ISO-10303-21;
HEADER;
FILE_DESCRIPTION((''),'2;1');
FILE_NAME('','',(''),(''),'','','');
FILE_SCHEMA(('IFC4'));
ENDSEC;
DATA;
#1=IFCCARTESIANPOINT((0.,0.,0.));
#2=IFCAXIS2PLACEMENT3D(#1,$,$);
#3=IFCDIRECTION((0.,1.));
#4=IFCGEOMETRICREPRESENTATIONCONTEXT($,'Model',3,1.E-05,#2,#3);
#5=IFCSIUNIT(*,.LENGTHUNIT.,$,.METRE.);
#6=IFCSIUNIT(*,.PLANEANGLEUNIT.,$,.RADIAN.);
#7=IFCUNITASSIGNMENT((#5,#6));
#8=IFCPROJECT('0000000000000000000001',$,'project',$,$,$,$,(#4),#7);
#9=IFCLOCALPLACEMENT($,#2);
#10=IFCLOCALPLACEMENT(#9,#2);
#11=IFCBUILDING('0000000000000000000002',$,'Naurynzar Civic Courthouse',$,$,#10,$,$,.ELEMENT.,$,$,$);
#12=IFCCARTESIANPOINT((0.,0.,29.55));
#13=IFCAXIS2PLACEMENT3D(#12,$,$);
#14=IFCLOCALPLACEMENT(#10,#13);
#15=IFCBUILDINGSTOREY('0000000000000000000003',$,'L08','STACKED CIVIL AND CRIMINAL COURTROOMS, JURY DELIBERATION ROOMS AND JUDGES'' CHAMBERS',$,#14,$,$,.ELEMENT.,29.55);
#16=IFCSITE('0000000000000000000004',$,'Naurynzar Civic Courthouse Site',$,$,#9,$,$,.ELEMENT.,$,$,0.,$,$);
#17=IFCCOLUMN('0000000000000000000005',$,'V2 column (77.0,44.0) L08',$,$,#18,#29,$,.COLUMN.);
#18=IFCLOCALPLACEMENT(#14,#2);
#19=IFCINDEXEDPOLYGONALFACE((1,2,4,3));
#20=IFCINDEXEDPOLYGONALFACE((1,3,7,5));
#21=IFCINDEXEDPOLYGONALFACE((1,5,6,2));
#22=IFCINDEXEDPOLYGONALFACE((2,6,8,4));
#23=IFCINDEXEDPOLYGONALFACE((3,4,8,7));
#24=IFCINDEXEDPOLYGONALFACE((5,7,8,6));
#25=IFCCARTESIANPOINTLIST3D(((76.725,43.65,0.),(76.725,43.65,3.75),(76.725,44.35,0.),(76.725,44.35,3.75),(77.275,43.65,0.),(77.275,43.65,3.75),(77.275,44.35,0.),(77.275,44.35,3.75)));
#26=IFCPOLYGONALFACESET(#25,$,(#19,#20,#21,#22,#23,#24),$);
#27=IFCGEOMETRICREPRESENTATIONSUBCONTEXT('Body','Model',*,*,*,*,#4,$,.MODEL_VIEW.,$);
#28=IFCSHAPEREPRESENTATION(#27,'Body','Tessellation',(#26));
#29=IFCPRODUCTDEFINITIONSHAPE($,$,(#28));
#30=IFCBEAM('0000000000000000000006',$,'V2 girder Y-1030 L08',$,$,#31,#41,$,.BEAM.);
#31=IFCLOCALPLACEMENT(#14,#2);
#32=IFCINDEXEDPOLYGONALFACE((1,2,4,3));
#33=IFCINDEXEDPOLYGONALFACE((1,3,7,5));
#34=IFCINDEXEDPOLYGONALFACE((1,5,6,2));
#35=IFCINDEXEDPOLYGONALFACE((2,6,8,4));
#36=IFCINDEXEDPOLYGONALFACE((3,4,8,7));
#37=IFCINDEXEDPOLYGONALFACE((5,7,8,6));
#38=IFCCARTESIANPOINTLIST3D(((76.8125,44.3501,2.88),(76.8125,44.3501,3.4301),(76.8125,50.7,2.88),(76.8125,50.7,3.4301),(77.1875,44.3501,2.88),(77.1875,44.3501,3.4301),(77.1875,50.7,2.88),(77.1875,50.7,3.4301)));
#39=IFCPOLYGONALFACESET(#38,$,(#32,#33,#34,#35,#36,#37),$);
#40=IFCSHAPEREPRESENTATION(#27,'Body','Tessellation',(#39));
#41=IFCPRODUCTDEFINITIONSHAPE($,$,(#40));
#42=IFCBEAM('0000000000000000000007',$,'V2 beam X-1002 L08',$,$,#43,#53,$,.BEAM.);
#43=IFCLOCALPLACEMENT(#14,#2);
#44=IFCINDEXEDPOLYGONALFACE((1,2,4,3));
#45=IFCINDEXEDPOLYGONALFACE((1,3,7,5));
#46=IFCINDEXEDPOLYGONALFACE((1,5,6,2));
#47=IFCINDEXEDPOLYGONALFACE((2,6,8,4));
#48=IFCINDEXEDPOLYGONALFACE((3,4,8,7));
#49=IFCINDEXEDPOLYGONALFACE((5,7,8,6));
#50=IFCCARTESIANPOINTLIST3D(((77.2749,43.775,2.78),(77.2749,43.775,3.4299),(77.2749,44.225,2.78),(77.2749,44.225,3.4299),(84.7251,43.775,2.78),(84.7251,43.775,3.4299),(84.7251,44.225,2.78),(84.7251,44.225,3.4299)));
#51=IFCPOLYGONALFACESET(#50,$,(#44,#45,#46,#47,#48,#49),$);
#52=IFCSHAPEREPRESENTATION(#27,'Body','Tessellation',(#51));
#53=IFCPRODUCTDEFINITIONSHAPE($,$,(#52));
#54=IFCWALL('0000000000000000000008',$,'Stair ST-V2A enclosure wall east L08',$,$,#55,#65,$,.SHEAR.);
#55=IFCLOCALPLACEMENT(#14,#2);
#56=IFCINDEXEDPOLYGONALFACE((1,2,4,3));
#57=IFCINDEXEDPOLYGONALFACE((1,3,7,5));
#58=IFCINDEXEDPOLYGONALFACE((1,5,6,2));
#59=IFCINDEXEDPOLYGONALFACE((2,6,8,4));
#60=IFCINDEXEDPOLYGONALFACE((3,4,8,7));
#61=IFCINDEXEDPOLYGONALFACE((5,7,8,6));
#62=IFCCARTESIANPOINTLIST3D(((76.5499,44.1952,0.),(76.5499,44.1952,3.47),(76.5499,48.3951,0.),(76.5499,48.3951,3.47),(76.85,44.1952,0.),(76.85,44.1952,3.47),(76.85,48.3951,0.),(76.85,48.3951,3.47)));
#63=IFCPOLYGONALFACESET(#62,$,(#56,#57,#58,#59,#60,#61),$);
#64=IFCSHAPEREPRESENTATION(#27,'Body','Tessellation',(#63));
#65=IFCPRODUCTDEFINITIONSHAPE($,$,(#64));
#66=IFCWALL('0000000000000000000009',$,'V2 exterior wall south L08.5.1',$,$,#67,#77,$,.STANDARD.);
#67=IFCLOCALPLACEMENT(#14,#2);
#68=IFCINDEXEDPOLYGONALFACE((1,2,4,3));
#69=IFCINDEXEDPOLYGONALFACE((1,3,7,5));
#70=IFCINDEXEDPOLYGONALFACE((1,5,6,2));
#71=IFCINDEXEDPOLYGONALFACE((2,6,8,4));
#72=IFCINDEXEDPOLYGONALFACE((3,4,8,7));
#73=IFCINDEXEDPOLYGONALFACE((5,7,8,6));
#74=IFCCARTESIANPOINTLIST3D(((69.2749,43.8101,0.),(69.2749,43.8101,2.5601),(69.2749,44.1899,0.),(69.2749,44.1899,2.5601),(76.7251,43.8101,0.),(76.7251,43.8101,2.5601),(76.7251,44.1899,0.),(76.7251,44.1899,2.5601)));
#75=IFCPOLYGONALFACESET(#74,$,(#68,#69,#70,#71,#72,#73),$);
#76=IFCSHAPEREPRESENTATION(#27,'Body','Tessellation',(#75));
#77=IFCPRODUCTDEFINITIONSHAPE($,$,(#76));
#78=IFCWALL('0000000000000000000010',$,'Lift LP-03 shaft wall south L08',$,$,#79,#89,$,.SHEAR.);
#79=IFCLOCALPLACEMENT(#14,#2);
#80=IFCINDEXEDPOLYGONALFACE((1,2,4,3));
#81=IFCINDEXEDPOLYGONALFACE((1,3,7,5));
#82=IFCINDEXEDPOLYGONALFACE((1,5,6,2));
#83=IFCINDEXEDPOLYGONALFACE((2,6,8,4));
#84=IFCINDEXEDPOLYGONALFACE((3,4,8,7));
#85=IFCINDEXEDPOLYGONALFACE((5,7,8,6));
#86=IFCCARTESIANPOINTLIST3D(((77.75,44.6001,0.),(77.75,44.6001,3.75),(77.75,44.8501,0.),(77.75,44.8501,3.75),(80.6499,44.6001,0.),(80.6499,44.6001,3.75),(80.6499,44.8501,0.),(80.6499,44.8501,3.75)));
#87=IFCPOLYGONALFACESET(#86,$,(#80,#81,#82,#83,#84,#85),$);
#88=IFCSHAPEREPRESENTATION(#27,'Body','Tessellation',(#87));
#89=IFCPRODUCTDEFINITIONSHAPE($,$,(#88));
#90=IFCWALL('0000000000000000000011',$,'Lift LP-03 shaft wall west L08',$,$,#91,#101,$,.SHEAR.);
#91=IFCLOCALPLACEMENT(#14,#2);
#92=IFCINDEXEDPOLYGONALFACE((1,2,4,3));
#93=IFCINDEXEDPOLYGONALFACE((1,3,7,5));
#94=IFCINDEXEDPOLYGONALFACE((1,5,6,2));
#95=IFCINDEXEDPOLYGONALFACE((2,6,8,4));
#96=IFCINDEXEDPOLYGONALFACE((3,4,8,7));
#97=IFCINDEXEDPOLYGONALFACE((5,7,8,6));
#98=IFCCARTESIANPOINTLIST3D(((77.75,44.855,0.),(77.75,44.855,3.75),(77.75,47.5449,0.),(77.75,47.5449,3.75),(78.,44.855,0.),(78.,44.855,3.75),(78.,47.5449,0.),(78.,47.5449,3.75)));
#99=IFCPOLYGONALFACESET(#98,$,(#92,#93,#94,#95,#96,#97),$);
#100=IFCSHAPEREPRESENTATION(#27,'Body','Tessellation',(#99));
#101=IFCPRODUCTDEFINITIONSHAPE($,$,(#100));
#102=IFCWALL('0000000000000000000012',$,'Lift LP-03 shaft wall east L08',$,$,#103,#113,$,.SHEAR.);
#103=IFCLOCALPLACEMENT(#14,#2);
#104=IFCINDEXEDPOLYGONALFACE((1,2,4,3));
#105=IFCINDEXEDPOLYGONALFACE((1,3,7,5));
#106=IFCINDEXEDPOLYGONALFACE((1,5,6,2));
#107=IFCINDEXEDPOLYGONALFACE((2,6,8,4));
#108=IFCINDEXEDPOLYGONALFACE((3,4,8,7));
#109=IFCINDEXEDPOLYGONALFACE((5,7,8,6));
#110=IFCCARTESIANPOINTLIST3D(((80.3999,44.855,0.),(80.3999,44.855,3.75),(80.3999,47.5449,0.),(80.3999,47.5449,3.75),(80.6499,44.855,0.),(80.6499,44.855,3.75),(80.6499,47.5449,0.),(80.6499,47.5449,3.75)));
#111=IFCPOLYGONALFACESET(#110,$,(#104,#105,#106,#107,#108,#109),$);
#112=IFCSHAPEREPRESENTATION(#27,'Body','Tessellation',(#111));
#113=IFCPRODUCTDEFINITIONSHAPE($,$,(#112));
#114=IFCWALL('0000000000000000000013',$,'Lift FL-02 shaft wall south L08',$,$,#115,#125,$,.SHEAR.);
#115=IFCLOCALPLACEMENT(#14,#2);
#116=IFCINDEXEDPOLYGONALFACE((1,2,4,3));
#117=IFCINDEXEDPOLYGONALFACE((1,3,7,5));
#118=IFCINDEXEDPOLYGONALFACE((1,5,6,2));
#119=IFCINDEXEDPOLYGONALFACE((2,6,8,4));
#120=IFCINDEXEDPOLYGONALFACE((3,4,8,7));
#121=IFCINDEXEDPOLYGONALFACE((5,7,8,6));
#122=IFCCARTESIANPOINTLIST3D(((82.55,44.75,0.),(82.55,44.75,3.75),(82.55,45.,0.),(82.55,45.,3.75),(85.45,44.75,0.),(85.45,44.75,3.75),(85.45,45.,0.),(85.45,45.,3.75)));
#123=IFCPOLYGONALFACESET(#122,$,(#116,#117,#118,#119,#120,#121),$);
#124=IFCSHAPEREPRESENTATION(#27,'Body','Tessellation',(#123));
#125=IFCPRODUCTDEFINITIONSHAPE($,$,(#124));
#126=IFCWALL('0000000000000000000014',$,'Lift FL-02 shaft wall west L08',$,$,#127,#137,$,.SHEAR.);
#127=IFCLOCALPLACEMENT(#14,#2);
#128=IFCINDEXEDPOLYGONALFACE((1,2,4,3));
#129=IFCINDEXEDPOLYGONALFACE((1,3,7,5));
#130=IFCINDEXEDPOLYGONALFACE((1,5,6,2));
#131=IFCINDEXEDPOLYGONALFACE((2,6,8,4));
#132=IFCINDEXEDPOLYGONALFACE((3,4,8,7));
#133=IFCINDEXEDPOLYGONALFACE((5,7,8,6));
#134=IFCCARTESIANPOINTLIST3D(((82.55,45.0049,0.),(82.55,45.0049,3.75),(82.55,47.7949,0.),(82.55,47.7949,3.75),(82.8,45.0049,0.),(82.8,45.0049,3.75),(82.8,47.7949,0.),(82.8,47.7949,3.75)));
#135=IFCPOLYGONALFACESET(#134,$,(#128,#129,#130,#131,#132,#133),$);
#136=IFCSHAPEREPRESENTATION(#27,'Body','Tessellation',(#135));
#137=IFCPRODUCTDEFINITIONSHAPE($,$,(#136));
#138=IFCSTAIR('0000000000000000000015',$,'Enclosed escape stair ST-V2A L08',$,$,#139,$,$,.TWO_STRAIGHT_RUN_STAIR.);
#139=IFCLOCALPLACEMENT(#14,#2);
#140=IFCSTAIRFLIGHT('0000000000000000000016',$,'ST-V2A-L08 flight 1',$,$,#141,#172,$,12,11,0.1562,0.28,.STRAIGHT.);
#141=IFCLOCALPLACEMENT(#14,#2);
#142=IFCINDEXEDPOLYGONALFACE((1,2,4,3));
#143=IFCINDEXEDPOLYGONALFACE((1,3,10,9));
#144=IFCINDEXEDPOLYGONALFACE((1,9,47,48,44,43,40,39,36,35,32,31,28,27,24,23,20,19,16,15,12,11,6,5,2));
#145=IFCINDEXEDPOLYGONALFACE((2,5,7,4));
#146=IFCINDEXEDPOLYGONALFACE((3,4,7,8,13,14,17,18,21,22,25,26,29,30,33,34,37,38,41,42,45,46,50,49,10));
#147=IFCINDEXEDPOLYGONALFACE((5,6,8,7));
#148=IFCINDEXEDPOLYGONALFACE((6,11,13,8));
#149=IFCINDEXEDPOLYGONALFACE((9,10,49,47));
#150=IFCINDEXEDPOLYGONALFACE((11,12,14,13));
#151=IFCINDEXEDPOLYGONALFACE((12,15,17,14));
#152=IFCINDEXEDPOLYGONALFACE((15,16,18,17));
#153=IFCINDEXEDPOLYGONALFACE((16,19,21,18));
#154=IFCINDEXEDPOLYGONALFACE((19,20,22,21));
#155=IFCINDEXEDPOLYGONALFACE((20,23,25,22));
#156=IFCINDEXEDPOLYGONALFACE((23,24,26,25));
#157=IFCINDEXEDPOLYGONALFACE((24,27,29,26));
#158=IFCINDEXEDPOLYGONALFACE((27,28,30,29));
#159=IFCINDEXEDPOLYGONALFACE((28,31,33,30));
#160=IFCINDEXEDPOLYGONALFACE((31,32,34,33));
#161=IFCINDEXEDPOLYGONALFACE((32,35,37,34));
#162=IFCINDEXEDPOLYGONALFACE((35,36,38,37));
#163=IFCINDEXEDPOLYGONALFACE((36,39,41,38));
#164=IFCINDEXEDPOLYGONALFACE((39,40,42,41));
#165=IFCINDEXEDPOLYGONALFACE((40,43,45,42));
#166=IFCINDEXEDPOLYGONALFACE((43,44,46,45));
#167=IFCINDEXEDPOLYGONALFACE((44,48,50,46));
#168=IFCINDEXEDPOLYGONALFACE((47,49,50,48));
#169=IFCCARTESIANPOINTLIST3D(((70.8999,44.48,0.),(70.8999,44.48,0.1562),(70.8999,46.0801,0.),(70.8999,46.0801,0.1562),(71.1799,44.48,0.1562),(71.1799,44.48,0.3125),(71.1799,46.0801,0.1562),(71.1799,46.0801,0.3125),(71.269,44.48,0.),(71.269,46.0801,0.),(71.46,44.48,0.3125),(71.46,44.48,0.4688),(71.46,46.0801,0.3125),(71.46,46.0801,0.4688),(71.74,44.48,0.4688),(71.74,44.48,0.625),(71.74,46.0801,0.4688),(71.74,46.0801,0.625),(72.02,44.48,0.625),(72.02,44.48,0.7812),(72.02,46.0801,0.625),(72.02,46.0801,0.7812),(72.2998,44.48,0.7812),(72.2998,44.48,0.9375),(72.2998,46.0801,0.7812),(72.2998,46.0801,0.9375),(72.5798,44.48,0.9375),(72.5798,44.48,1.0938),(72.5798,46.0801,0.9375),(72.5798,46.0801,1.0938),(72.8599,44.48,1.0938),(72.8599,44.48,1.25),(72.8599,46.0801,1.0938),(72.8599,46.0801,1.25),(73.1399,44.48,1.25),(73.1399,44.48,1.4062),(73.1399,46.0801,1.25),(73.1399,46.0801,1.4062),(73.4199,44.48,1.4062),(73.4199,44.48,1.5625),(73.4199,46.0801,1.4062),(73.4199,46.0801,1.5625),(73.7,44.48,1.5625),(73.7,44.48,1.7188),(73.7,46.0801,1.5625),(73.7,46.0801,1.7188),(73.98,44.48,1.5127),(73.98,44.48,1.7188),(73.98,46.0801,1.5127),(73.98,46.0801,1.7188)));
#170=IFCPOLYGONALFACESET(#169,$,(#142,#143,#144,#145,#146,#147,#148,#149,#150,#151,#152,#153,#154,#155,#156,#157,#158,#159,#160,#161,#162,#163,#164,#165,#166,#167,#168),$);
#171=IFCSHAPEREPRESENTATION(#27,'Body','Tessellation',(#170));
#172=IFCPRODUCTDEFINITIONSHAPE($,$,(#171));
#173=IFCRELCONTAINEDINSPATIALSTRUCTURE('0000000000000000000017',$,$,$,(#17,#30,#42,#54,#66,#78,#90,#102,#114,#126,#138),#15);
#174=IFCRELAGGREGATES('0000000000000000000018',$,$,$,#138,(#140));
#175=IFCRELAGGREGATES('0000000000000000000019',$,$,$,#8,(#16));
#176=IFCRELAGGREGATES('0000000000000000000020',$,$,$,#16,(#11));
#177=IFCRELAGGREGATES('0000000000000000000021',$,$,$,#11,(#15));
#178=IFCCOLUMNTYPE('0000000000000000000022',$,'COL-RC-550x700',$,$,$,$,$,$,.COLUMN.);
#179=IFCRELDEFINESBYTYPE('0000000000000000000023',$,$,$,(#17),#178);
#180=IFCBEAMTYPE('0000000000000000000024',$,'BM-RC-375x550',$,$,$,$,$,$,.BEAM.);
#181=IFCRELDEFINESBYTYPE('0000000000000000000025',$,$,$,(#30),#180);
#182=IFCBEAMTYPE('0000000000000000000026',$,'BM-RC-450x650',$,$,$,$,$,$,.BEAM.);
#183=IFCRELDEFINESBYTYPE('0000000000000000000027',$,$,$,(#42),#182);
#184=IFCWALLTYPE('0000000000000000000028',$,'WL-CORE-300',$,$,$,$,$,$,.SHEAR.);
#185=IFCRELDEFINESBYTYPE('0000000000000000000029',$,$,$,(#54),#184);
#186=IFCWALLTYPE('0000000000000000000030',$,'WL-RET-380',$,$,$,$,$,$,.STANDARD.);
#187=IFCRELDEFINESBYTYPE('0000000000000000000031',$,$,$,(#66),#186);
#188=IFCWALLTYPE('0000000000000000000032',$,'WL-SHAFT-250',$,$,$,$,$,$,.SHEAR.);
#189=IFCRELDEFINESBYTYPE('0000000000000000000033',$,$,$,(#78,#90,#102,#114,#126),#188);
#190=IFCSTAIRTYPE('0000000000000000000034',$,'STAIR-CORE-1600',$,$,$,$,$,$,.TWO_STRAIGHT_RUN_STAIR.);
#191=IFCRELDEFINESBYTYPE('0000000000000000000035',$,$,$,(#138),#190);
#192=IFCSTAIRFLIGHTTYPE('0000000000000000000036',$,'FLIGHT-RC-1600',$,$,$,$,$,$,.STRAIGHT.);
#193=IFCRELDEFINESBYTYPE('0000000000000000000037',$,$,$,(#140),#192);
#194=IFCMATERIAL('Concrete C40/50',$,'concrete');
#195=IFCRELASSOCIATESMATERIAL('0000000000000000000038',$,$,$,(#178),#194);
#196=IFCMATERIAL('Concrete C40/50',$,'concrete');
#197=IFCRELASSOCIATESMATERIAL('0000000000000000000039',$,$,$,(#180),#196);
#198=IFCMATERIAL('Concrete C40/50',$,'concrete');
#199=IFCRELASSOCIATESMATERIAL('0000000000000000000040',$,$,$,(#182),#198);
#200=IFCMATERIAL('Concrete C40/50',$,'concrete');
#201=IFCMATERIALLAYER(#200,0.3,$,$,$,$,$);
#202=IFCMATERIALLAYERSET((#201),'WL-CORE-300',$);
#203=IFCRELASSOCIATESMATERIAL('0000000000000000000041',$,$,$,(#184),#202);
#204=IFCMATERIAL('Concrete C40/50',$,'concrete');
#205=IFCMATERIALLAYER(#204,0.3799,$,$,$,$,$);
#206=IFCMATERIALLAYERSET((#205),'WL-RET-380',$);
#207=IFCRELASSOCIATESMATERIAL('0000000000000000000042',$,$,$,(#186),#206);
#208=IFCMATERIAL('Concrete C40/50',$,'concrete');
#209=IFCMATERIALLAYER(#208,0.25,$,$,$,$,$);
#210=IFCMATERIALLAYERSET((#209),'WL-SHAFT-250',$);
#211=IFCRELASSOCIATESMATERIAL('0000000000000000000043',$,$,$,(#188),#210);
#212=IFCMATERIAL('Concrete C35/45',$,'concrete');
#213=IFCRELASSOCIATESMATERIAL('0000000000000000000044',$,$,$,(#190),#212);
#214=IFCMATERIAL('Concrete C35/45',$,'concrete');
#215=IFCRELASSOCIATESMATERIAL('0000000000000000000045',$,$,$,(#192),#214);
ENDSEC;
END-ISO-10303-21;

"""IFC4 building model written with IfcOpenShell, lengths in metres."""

from ifc_helpers import new_model, si_unit, direction, frame, frame_2d, origin, origin_2d, place, context, subcontext, project, spatial, polyline, rectangle, outline, extrude, material, layer, layer_set, material_profile, profile_set, type_object, element, aggregate, save


model = new_model("IFC4")

# Units and contexts
model_context = context("Model", 3, precision=1e-05, world=origin(), true_north=direction((0.0, 1.0)))
body_context = subcontext(model_context, "Body", "Model", "MODEL_VIEW")
ifc_project = project(units=[si_unit("LENGTHUNIT", "METRE"), si_unit("PLANEANGLEUNIT", "RADIAN")], contexts=[model_context])

# Site, building, storey
site_placement = place(None, origin())
site = spatial("IfcSite", under=ifc_project, at=site_placement, Name="Naurynzar Civic Courthouse Site", CompositionType="ELEMENT", RefElevation=0.0)
building_placement = place(site_placement, origin())
building = spatial("IfcBuilding", under=site, at=building_placement, Name="Naurynzar Civic Courthouse", CompositionType="ELEMENT")
storey_placement = place(building_placement, frame((0.0, 0.0, 29.55)))
storey = spatial("IfcBuildingStorey", under=building, at=storey_placement, Name="L08", Description="STACKED CIVIL AND CRIMINAL COURTROOMS, JURY DELIBERATION ROOMS AND JUDGES' CHAMBERS", CompositionType="ELEMENT", Elevation=29.55)

# Column
ifc_material_1 = material(Name="Concrete C40/50", Category="concrete")
ifc_material_profile_1 = material_profile(ifc_material_1, rectangle(XDim=0.55, YDim=0.7, at=origin_2d()), Name="RC 550x700")
ifc_profile_set_1 = profile_set([ifc_material_profile_1], Name="Concrete C40/50")
column_type = type_object("IfcColumnType", Name="COL-RC-550x700", PredefinedType="COLUMN", material=ifc_profile_set_1)
column_placement = place(storey_placement, frame((77.0, 44.0, 0.0), z_axis=(0.0, 0.0, 1.0), x_axis=(1.0, 0.0, 0.0)))
element("IfcColumn", 1, at=column_placement, inside=storey, type_object=column_type, Name="V2 column (77.0,44.0) L08", PredefinedType="COLUMN", context=body_context, shape_type="SweptSolid", body=[
    extrude(rectangle(XDim=0.55, YDim=0.7, at=origin_2d()), origin(), (0.0, 0.0, 1.0), 3.75),
])

# Beams
ifc_material_2 = material(Name="Concrete C40/50", Category="concrete")
ifc_material_profile_2 = material_profile(ifc_material_2, rectangle(XDim=0.375, YDim=0.55, at=origin_2d()), Name="RCB 375x550")
ifc_profile_set_2 = profile_set([ifc_material_profile_2], Name="Concrete C40/50")
beam_type_1 = type_object("IfcBeamType", Name="BM-RC-375x550", PredefinedType="BEAM", material=ifc_profile_set_2)
beam_1_placement = place(storey_placement, frame((77.0, 44.3501, 3.155), z_axis=(0.0, 1.0, 0.0), x_axis=(-1.0, 0.0, 0.0)))
element("IfcBeam", 2, at=beam_1_placement, inside=storey, type_object=beam_type_1, Name="V2 girder Y-1030 L08", PredefinedType="BEAM", context=body_context, shape_type="SweptSolid", body=[
    extrude(rectangle(XDim=0.375, YDim=0.55, at=origin_2d()), origin(), (0.0, 0.0, 1.0), 6.3499),
])
ifc_material_3 = material(Name="Concrete C40/50", Category="concrete")
ifc_material_profile_3 = material_profile(ifc_material_3, rectangle(XDim=0.45, YDim=0.6499, at=origin_2d()), Name="RCB 450x650")
ifc_profile_set_3 = profile_set([ifc_material_profile_3], Name="Concrete C40/50")
beam_type_2 = type_object("IfcBeamType", Name="BM-RC-450x650", PredefinedType="BEAM", material=ifc_profile_set_3)
beam_2_placement = place(storey_placement, frame((77.2749, 44.0, 3.105), z_axis=(1.0, 0.0, 0.0), x_axis=(0.0, 1.0, 0.0)))
element("IfcBeam", 3, at=beam_2_placement, inside=storey, type_object=beam_type_2, Name="V2 beam X-1002 L08", PredefinedType="BEAM", context=body_context, shape_type="SweptSolid", body=[
    extrude(rectangle(XDim=0.45, YDim=0.6499, at=origin_2d()), origin(), (0.0, 0.0, 1.0), 7.4502),
])

# Walls
ifc_material_4 = material(Name="Concrete C40/50", Category="concrete")
ifc_layer_1 = layer(ifc_material_4, 0.3)
ifc_layer_set_1 = layer_set([ifc_layer_1], Name="WL-CORE-300")
wall_type_1 = type_object("IfcWallType", Name="WL-CORE-300", PredefinedType="SHEAR", material=ifc_layer_set_1)
wall_1_placement = place(storey_placement, frame((76.7, 44.1951, 0.0), z_axis=(0.0, 0.0, 1.0), x_axis=(0.0, 1.0, 0.0)))
element("IfcWall", 4, at=wall_1_placement, inside=storey, type_object=wall_type_1, Name="Stair ST-V2A enclosure wall east L08", PredefinedType="SHEAR", context=body_context, shape_type="SweptSolid", body=[
    extrude(rectangle(XDim=4.2, YDim=0.3, at=frame_2d((2.1001, 0.0))), origin(), (0.0, 0.0, 1.0), 3.47),
])
ifc_material_5 = material(Name="Concrete C40/50", Category="concrete")
ifc_layer_2 = layer(ifc_material_5, 0.3799)
ifc_layer_set_2 = layer_set([ifc_layer_2], Name="WL-RET-380")
wall_type_2 = type_object("IfcWallType", Name="WL-RET-380", PredefinedType="STANDARD", material=ifc_layer_set_2)
wall_2_placement = place(storey_placement, frame((76.7251, 44.0, 0.0), z_axis=(0.0, 0.0, 1.0), x_axis=(-1.0, 0.0, 0.0)))
element("IfcWall", 5, at=wall_2_placement, inside=storey, type_object=wall_type_2, Name="V2 exterior wall south L08.5.1", PredefinedType="STANDARD", context=body_context, shape_type="SweptSolid", body=[
    extrude(rectangle(XDim=7.4502, YDim=0.3799, at=frame_2d((3.7251, 0.0))), origin(), (0.0, 0.0, 1.0), 2.5601),
])
ifc_material_6 = material(Name="Concrete C40/50", Category="concrete")
ifc_layer_3 = layer(ifc_material_6, 0.25)
ifc_layer_set_3 = layer_set([ifc_layer_3], Name="WL-SHAFT-250")
wall_type_3 = type_object("IfcWallType", Name="WL-SHAFT-250", PredefinedType="SHEAR", material=ifc_layer_set_3)
wall_3_placement = place(storey_placement, frame((77.75, 44.7251, 0.0), z_axis=(0.0, 0.0, 1.0), x_axis=(1.0, 0.0, 0.0)))
element("IfcWall", 6, at=wall_3_placement, inside=storey, type_object=wall_type_3, Name="Lift LP-03 shaft wall south L08", PredefinedType="SHEAR", context=body_context, shape_type="SweptSolid", body=[
    extrude(rectangle(XDim=2.8999, YDim=0.25, at=frame_2d((1.45, 0.0))), origin(), (0.0, 0.0, 1.0), 3.75),
])

# Walls
for number, where, z_axis, x_axis, name in (
    (7, (77.875, 47.5449, 0.0), (0.0, 0.0, 1.0), (0.0, -1.0, 0.0), "Lift LP-03 shaft wall west L08"),
    (8, (80.5249, 44.855, 0.0), (0.0, 0.0, 1.0), (0.0, 1.0, 0.0), "Lift LP-03 shaft wall east L08"),
):
    element("IfcWall", number, at=place(storey_placement, frame(where, z_axis=z_axis, x_axis=x_axis)), inside=storey, type_object=wall_type_3, Name=name, PredefinedType="SHEAR", context=body_context, shape_type="SweptSolid", body=[
        extrude(rectangle(XDim=2.6899, YDim=0.25, at=frame_2d((1.345, 0.0))), origin(), (0.0, 0.0, 1.0), 3.75),
    ])
wall_4_placement = place(storey_placement, frame((82.55, 44.875, 0.0), z_axis=(0.0, 0.0, 1.0), x_axis=(1.0, 0.0, 0.0)))
element("IfcWall", 9, at=wall_4_placement, inside=storey, type_object=wall_type_3, Name="Lift FL-02 shaft wall south L08", PredefinedType="SHEAR", context=body_context, shape_type="SweptSolid", body=[
    extrude(rectangle(XDim=2.8999, YDim=0.25, at=frame_2d((1.45, 0.0))), origin(), (0.0, 0.0, 1.0), 3.75),
])
wall_5_placement = place(storey_placement, frame((82.675, 47.7949, 0.0), z_axis=(0.0, 0.0, 1.0), x_axis=(0.0, -1.0, 0.0)))
element("IfcWall", 10, at=wall_5_placement, inside=storey, type_object=wall_type_3, Name="Lift FL-02 shaft wall west L08", PredefinedType="SHEAR", context=body_context, shape_type="SweptSolid", body=[
    extrude(rectangle(XDim=2.79, YDim=0.25, at=frame_2d((1.395, 0.0))), origin(), (0.0, 0.0, 1.0), 3.75),
])

# Stair, stair flight
ifc_material_7 = material(Name="Concrete C35/45", Category="concrete")
stair_type = type_object("IfcStairType", Name="STAIR-CORE-1600", PredefinedType="TWO_STRAIGHT_RUN_STAIR", material=ifc_material_7)
stair_placement = place(storey_placement, origin())
stair = element("IfcStair", 11, at=stair_placement, inside=storey, type_object=stair_type, Name="Enclosed escape stair ST-V2A L08", PredefinedType="TWO_STRAIGHT_RUN_STAIR")
ifc_material_8 = material(Name="Concrete C35/45", Category="concrete")
stair_flight_type = type_object("IfcStairFlightType", Name="FLIGHT-RC-1600", PredefinedType="STRAIGHT", material=ifc_material_8)
stair_flight_1_placement = place(storey_placement, frame((70.8999, 45.28, 0.0), z_axis=(0.0, 0.0, 1.0), x_axis=(1.0, 0.0, 0.0)))
stair_flight_1 = element("IfcStairFlight", 12, at=stair_flight_1_placement, type_object=stair_flight_type, Name="ST-V2A-L08 flight 1", NumberOfRisers=12, NumberOfTreads=11, PredefinedType="STRAIGHT", RiserHeight=0.1562, TreadLength=0.28, context=body_context, shape_type="SweptSolid", body=[
    extrude(outline(polyline([(0.0, 0.0), (0.0, 0.1562), (0.28, 0.1562), (0.28, 0.3125), (0.5601, 0.3125), (0.5601, 0.4688), (0.8401, 0.4688), (0.8401, 0.625), (1.1201, 0.625), (1.1201, 0.7812), (1.3999, 0.7812), (1.3999, 0.9375), (1.6799, 0.9375), (1.6799, 1.0938), (1.96, 1.0938), (1.96, 1.25), (2.24, 1.25), (2.24, 1.4062), (2.52, 1.4062), (2.52, 1.5625), (2.8, 1.5625), (2.8, 1.7188), (3.0801, 1.7188), (3.0801, 1.875), (3.0801, 1.5127), (0.3691, 0.0), (0.0, 0.0)])), frame((0.0, 0.8, 0.0), z_axis=(0.0, -1.0, 0.0), x_axis=(1.0, 0.0, 0.0)), (0.0, 0.0, 1.0), 1.6001),
])
aggregate(stair, [stair_flight_1])

save(model, "model.ifc")
